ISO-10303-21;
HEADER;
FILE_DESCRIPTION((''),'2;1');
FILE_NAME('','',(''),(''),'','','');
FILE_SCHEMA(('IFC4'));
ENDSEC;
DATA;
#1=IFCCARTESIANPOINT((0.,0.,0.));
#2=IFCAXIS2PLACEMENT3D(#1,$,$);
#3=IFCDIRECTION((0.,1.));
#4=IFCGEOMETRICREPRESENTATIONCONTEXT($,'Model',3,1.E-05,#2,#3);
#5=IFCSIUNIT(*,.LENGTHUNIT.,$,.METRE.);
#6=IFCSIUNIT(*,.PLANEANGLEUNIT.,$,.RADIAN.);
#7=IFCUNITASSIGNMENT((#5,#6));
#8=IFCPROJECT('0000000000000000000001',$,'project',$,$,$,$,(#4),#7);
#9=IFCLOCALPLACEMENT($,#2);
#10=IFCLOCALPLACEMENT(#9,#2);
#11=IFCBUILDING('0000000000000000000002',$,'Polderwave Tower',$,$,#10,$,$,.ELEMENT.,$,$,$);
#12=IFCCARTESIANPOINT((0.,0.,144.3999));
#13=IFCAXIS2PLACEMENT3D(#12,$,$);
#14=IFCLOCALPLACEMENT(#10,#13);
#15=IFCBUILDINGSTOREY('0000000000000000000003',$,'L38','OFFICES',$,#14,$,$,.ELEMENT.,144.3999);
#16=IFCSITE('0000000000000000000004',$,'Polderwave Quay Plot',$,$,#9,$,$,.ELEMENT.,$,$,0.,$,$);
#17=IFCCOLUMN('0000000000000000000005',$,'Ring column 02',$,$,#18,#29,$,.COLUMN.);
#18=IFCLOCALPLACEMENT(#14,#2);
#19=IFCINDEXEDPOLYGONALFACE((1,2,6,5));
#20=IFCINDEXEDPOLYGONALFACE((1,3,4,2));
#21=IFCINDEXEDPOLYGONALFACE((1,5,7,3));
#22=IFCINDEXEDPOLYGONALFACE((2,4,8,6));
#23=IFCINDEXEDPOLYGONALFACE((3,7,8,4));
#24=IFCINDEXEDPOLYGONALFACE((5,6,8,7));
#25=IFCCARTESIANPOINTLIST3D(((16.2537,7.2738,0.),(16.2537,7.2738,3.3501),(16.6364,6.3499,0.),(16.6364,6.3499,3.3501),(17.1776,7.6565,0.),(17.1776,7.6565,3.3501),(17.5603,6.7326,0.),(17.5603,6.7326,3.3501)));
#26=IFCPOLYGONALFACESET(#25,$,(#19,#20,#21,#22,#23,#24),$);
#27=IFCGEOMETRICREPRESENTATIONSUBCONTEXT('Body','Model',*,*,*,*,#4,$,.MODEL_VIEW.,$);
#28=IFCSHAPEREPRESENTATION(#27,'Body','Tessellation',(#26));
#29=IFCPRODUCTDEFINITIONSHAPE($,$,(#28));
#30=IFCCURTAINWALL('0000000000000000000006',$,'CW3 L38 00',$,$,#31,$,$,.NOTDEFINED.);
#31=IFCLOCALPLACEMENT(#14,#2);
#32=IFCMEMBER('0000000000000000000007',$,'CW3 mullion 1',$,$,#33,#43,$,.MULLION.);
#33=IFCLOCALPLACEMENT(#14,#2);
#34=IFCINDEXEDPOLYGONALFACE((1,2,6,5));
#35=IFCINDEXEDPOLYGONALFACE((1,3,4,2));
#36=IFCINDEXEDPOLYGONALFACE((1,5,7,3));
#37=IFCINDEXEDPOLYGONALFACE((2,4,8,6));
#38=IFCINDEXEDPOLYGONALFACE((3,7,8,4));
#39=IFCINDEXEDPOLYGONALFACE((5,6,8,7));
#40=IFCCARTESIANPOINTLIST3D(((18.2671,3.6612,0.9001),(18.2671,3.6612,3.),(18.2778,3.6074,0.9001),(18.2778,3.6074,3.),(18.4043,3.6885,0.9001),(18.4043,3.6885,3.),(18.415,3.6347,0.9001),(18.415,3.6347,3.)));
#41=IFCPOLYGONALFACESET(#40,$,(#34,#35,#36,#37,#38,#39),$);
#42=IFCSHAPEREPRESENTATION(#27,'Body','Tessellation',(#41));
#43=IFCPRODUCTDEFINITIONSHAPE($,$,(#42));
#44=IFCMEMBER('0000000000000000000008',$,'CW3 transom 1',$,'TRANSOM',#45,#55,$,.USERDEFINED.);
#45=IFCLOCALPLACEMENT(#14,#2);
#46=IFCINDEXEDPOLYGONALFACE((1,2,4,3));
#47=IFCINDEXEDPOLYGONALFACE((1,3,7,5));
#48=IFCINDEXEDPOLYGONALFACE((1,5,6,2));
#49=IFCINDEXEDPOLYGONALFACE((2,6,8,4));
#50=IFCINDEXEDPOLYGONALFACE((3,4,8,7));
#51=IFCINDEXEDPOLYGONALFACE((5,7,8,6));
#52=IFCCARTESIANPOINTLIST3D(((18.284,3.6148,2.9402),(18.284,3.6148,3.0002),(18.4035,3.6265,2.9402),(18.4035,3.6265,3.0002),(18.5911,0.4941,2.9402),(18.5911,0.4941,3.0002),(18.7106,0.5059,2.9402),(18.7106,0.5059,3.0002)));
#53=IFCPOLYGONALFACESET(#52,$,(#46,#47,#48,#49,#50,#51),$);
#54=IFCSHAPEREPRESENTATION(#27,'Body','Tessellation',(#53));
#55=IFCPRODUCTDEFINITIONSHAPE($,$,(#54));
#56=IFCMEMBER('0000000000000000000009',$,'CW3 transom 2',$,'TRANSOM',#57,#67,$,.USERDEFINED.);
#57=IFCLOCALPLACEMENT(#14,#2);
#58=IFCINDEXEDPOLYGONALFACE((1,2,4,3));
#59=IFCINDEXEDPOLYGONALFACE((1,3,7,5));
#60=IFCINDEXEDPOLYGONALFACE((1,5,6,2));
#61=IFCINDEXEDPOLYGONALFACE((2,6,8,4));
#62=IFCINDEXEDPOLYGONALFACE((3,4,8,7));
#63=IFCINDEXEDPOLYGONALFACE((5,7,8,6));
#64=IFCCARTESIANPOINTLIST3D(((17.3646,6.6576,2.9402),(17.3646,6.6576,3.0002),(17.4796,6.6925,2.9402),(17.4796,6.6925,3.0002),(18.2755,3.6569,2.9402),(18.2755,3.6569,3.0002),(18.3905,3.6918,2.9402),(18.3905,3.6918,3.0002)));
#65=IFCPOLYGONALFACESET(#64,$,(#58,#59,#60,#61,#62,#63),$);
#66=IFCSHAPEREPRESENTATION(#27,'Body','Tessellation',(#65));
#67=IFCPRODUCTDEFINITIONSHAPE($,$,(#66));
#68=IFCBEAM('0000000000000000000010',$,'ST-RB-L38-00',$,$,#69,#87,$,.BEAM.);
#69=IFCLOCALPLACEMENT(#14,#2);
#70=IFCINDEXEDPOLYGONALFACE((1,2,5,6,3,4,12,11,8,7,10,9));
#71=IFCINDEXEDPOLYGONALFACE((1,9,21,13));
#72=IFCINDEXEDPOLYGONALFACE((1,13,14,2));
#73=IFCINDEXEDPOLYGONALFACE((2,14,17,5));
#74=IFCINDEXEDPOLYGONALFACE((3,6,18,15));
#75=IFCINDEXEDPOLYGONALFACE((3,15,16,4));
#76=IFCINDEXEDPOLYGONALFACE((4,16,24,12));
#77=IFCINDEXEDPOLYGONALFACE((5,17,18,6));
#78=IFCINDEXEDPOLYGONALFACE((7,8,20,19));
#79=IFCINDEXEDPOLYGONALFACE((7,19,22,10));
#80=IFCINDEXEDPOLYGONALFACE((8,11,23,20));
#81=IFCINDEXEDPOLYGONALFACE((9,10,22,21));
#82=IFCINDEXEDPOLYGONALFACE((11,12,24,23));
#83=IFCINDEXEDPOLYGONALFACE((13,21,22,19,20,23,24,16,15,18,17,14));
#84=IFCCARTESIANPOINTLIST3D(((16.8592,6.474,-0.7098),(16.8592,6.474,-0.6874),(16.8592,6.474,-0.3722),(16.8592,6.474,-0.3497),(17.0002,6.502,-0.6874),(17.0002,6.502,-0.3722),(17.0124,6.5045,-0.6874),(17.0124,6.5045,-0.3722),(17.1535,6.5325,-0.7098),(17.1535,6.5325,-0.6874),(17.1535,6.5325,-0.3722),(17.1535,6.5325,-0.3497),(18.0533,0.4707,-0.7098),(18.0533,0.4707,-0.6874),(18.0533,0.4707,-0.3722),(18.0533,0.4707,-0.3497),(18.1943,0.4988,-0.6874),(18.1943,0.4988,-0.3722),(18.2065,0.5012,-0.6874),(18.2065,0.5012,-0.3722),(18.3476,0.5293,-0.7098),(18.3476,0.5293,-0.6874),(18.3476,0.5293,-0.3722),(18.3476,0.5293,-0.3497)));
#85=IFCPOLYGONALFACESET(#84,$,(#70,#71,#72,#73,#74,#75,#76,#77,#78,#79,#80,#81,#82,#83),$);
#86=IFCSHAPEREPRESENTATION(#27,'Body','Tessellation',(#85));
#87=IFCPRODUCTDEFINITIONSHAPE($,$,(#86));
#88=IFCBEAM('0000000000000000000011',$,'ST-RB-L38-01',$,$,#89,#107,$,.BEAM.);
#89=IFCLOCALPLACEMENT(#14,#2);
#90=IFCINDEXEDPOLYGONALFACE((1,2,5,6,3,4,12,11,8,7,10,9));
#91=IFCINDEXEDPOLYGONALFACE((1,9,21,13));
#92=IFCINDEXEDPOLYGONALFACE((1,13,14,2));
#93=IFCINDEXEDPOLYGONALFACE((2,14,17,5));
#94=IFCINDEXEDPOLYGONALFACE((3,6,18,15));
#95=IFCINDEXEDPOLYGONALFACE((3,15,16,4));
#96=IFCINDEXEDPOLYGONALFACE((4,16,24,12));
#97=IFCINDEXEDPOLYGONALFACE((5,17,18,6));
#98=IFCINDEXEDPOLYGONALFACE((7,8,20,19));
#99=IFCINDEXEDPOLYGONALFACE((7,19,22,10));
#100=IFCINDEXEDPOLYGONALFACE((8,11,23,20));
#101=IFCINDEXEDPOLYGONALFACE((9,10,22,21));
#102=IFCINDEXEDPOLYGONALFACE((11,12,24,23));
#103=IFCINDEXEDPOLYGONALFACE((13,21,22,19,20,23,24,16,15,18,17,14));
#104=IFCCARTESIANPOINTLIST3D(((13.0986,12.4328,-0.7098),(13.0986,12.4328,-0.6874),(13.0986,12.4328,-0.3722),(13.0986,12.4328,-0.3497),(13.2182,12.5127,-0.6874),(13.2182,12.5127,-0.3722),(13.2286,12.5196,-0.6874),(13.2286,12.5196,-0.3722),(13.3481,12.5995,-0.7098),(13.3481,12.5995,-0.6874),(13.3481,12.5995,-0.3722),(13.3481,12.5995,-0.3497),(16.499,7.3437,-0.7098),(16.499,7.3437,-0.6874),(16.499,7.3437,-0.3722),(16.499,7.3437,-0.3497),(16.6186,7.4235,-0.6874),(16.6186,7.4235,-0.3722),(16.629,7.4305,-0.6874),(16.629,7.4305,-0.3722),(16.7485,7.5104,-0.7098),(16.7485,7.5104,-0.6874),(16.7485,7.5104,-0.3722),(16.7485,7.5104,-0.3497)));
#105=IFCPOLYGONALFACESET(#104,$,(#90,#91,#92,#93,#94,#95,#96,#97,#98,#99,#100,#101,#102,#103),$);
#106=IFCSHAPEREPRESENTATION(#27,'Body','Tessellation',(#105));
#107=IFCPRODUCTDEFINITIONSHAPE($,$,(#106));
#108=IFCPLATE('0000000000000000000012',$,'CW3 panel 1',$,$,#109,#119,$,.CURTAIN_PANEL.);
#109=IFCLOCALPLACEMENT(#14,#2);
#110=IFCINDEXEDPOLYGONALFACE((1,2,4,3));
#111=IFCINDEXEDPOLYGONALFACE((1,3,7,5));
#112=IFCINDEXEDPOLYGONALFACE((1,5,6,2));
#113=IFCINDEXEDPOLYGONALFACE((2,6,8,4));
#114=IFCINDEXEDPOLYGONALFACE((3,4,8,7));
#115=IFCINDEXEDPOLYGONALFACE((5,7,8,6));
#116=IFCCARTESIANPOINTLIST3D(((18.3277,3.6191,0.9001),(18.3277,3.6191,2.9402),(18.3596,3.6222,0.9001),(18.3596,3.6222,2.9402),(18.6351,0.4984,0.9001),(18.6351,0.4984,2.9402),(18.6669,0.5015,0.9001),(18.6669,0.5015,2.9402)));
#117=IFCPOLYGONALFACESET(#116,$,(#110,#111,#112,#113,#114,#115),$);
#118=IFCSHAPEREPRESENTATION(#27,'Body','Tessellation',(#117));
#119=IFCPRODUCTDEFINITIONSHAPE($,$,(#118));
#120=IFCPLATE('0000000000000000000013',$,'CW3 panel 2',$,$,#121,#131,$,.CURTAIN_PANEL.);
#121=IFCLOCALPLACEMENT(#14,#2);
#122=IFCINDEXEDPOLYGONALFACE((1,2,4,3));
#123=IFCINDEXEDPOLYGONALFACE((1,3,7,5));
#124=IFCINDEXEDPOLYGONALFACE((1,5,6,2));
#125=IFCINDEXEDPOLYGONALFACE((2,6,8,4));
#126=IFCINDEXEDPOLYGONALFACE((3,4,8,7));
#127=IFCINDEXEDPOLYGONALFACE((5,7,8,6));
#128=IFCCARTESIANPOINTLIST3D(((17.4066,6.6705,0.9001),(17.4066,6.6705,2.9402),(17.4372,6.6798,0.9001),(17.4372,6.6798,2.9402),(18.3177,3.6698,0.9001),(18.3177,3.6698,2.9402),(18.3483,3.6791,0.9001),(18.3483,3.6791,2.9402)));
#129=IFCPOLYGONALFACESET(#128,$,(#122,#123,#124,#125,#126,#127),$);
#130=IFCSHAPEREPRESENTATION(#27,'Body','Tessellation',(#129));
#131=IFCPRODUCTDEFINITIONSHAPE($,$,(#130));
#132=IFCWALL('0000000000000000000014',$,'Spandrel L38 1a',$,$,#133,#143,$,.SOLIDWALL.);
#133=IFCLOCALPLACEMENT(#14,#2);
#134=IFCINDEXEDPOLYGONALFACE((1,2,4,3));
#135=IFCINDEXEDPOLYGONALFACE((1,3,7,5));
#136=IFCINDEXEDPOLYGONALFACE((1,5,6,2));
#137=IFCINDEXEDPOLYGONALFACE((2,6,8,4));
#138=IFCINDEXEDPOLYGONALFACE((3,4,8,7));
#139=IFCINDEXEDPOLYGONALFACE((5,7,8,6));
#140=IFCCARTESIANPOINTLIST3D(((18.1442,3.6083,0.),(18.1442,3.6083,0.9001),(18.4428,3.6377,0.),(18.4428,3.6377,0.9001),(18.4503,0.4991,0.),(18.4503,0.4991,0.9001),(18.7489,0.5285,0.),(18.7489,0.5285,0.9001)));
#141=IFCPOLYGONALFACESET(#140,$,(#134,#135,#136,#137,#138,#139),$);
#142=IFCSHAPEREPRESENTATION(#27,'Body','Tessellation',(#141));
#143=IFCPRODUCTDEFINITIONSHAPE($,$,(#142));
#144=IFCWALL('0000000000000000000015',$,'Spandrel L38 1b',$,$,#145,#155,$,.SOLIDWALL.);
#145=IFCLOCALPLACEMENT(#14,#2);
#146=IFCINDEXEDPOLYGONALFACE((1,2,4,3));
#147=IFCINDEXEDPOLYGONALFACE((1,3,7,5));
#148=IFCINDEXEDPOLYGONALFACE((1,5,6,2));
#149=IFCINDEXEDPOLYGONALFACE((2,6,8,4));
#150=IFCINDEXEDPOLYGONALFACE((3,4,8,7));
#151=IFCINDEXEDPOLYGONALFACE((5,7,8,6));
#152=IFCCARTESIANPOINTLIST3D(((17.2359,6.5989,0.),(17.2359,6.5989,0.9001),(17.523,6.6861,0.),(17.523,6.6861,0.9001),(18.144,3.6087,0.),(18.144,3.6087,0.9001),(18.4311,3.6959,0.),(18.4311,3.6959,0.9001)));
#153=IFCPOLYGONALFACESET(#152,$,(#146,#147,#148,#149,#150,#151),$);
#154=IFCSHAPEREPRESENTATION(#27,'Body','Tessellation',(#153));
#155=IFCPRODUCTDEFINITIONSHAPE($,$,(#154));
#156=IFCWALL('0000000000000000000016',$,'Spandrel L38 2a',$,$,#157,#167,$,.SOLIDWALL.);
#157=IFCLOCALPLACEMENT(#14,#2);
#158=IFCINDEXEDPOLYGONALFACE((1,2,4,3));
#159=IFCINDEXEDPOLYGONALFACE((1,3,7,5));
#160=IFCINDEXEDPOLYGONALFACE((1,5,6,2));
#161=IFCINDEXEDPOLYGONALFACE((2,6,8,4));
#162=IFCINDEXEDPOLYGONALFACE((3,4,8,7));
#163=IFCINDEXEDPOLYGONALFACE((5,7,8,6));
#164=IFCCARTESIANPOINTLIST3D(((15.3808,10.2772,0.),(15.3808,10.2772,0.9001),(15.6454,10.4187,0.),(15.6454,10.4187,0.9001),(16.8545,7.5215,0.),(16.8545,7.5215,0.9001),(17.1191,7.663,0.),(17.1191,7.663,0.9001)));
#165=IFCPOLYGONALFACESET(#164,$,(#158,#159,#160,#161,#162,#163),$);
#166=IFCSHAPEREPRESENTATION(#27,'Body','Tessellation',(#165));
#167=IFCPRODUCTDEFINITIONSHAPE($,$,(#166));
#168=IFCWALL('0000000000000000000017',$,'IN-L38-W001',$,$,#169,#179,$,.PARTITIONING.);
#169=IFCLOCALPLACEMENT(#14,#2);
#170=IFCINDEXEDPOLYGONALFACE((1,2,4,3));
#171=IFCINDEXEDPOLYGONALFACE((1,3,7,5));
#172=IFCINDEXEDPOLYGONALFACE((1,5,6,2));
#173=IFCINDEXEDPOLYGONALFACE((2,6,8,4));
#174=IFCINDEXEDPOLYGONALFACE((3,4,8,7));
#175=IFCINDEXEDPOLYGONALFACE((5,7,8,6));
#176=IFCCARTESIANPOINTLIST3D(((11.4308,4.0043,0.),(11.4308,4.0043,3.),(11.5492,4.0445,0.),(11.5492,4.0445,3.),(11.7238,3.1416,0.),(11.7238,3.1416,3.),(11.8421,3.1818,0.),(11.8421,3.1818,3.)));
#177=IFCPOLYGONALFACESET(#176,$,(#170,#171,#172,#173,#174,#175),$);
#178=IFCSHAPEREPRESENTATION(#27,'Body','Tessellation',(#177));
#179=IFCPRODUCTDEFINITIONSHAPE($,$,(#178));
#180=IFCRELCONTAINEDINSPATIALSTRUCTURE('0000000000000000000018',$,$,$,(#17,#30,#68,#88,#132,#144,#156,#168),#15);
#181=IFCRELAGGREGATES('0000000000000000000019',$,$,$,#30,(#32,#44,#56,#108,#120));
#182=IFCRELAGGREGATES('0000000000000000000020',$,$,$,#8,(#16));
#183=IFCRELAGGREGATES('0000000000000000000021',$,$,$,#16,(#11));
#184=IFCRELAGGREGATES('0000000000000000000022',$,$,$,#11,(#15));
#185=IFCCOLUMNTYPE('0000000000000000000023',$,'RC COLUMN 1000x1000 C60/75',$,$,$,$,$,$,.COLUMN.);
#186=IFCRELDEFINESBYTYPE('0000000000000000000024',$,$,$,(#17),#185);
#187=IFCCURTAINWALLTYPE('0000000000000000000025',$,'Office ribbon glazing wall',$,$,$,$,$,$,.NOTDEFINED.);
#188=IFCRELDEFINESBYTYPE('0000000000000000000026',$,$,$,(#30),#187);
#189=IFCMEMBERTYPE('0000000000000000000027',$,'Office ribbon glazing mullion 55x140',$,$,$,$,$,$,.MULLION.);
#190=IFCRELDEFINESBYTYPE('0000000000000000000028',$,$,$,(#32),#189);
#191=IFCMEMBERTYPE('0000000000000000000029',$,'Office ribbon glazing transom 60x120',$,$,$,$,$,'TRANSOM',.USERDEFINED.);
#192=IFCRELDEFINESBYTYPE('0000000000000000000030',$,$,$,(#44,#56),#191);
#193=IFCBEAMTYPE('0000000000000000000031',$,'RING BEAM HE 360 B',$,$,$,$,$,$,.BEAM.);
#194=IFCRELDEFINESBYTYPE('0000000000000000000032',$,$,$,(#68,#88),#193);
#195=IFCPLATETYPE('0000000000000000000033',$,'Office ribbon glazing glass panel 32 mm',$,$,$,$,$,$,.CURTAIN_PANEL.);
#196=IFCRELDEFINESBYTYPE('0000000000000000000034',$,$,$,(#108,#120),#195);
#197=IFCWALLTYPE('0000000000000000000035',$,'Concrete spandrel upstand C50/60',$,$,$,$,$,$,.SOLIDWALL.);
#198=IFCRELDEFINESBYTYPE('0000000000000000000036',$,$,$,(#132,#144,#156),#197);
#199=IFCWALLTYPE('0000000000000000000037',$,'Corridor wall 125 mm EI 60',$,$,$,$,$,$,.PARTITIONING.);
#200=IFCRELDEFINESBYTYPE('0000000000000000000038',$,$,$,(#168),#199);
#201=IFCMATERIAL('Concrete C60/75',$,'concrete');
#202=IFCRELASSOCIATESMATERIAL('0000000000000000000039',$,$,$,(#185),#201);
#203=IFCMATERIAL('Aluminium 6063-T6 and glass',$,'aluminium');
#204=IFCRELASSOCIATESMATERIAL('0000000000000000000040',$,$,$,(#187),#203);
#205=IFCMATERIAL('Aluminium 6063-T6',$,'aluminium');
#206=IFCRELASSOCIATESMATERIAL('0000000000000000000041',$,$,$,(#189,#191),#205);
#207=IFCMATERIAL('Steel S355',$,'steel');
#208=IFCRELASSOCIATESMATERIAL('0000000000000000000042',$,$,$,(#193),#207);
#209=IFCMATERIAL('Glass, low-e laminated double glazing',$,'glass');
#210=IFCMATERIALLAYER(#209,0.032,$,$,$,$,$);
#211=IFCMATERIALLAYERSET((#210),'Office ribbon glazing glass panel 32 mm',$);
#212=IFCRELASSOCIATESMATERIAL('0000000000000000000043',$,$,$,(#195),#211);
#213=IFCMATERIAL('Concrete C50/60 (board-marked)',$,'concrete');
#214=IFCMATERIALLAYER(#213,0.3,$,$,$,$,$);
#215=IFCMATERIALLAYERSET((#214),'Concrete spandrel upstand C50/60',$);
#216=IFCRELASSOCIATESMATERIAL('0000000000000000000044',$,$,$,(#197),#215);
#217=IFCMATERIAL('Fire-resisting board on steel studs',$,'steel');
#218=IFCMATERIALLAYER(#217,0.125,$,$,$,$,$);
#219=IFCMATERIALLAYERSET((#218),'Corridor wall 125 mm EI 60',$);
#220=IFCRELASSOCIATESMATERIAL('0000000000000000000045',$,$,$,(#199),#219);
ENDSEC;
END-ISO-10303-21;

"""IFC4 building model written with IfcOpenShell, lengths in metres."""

from ifc_helpers import new_model, si_unit, direction, frame, frame_2d, origin, origin_2d, place, context, subcontext, project, spatial, rectangle, i_section, extrude, material, layer, layer_set, material_profile, profile_set, type_object, element, aggregate, save


model = new_model("IFC4")

# Units and contexts
model_context = context("Model", 3, precision=1e-05, world=origin(), true_north=direction((0.0, 1.0)))
body_context = subcontext(model_context, "Body", "Model", "MODEL_VIEW")
ifc_project = project(units=[si_unit("LENGTHUNIT", "METRE"), si_unit("PLANEANGLEUNIT", "RADIAN")], contexts=[model_context])

# Site, building, storey
site_placement = place(None, origin())
site = spatial("IfcSite", under=ifc_project, at=site_placement, Name="Polderwave Quay Plot", CompositionType="ELEMENT", RefElevation=0.0)
building_placement = place(site_placement, origin())
building = spatial("IfcBuilding", under=site, at=building_placement, Name="Polderwave Tower", CompositionType="ELEMENT")
storey_placement = place(building_placement, frame((0.0, 0.0, 144.3999)))
storey = spatial("IfcBuildingStorey", under=building, at=storey_placement, Name="L38", Description="OFFICES", CompositionType="ELEMENT", Elevation=144.3999)

# Column
ifc_material_1 = material(Name="Concrete C60/75", Category="concrete")
ifc_material_profile_1 = material_profile(ifc_material_1, rectangle(XDim=1.0, YDim=1.0, at=origin_2d()), Name="RC 1000x1000")
ifc_profile_set_1 = profile_set([ifc_material_profile_1], Name="Concrete C60/75")
column_type = type_object("IfcColumnType", Name="RC COLUMN 1000x1000 C60/75", PredefinedType="COLUMN", material=ifc_profile_set_1)
column_placement = place(storey_placement, frame((16.907, 7.0032, 0.0), z_axis=(0.0, 0.0, 1.0), x_axis=(0.92388, 0.382683, 0.0)))
element("IfcColumn", 1, at=column_placement, inside=storey, type_object=column_type, Name="Ring column 02", PredefinedType="COLUMN", context=body_context, shape_type="SweptSolid", body=[
    extrude(rectangle(XDim=1.0, YDim=1.0, at=origin_2d()), origin(), (0.0, 0.0, 1.0), 3.3501),
])

# Curtain wall, members
ifc_material_2 = material(Name="Aluminium 6063-T6 and glass", Category="aluminium")
curtain_wall_type = type_object("IfcCurtainWallType", Name="Office ribbon glazing wall", PredefinedType="NOTDEFINED", material=ifc_material_2)
curtain_wall_placement = place(storey_placement, origin())
curtain_wall = element("IfcCurtainWall", 2, at=curtain_wall_placement, inside=storey, type_object=curtain_wall_type, Name="CW3 L38 00", PredefinedType="NOTDEFINED")
ifc_material_3 = material(Name="Aluminium 6063-T6", Category="aluminium")
ifc_material_profile_2 = material_profile(ifc_material_3, rectangle(XDim=0.1399, YDim=0.0549, at=origin_2d()), Name="AL 55x140")
ifc_profile_set_2 = profile_set([ifc_material_profile_2], Name="Aluminium 6063-T6")
member_type_1 = type_object("IfcMemberType", Name="Office ribbon glazing mullion 55x140", PredefinedType="MULLION", material=ifc_profile_set_2)
member_1_placement = place(storey_placement, frame((18.3411, 3.6479, 0.9001), z_axis=(0.0, 0.0, 1.0), x_axis=(-0.980764, -0.195196, 0.0)))
member_1 = element("IfcMember", 3, at=member_1_placement, type_object=member_type_1, Name="CW3 mullion 1", PredefinedType="MULLION", context=body_context, shape_type="SweptSolid", body=[
    extrude(rectangle(XDim=0.1399, YDim=0.0549, at=origin_2d()), origin(), (0.0, 0.0, 1.0), 2.0999),
])
ifc_material_profile_3 = material_profile(ifc_material_3, rectangle(XDim=0.1201, YDim=0.0601, at=origin_2d()), Name="AL 60x120")
ifc_profile_set_3 = profile_set([ifc_material_profile_3], Name="Aluminium 6063-T6")
member_type_2 = type_object("IfcMemberType", Name="Office ribbon glazing transom 60x120", ElementType="TRANSOM", PredefinedType="USERDEFINED", material=ifc_profile_set_3)
member_2_placement = place(storey_placement, frame((18.6509, 0.5, 2.9702), z_axis=(-0.097946, 0.995192, 0.0), x_axis=(-0.995192, -0.097946, 0.0)))
member_2 = element("IfcMember", 4, at=member_2_placement, type_object=member_type_2, Name="CW3 transom 1", ObjectType="TRANSOM", PredefinedType="USERDEFINED", context=body_context, shape_type="SweptSolid", body=[
    extrude(rectangle(XDim=0.1201, YDim=0.0601, at=origin_2d()), origin(), (0.0, 0.0, 1.0), 3.1357),
])
member_3_placement = place(storey_placement, frame((18.333, 3.6743, 2.9702), z_axis=(-0.290468, 0.956885, 0.0), x_axis=(-0.956885, -0.290468, 0.0)))
member_3 = element("IfcMember", 5, at=member_3_placement, type_object=member_type_2, Name="CW3 transom 2", ObjectType="TRANSOM", PredefinedType="USERDEFINED", context=body_context, shape_type="SweptSolid", body=[
    extrude(rectangle(XDim=0.1201, YDim=0.0601, at=origin_2d()), origin(), (0.0, 0.0, 1.0), 3.136),
])

# Beams
ifc_material_4 = material(Name="Steel S355", Category="steel")
ifc_material_profile_4 = material_profile(ifc_material_4, i_section(OverallWidth=0.3, OverallDepth=0.3601, WebThickness=0.0125, FlangeThickness=0.0225, at=origin_2d()), Name="HE 360 B")
ifc_profile_set_4 = profile_set([ifc_material_profile_4], Name="Steel S355")
beam_type = type_object("IfcBeamType", Name="RING BEAM HE 360 B", PredefinedType="BEAM", material=ifc_profile_set_4)
beam_1_placement = place(storey_placement, frame((18.2004, 0.5, -0.5298), z_axis=(-0.195088, 0.980786, 0.0), x_axis=(-0.980786, -0.195088, 0.0)))
element("IfcBeam", 6, at=beam_1_placement, inside=storey, type_object=beam_type, Name="ST-RB-L38-00", PredefinedType="BEAM", context=body_context, shape_type="SweptSolid", body=[
    extrude(i_section(OverallWidth=0.3, OverallDepth=0.3601, WebThickness=0.0125, FlangeThickness=0.0225, at=origin_2d()), origin(), (0.0, 0.0, 1.0), 6.1208),
])
beam_2_placement = place(storey_placement, frame((16.6238, 7.427, -0.5298), z_axis=(-0.555565, 0.831473, 0.0), x_axis=(-0.831473, -0.555565, 0.0)))
element("IfcBeam", 7, at=beam_2_placement, inside=storey, type_object=beam_type, Name="ST-RB-L38-01", PredefinedType="BEAM", context=body_context, shape_type="SweptSolid", body=[
    extrude(i_section(OverallWidth=0.3, OverallDepth=0.3601, WebThickness=0.0125, FlangeThickness=0.0225, at=origin_2d()), origin(), (0.0, 0.0, 1.0), 6.1206),
])

# Plates
ifc_material_5 = material(Name="Glass, low-e laminated double glazing", Category="glass")
ifc_layer_1 = layer(ifc_material_5, 0.032)
ifc_layer_set_1 = layer_set([ifc_layer_1], Name="Office ribbon glazing glass panel 32 mm")
plate_type = type_object("IfcPlateType", Name="Office ribbon glazing glass panel 32 mm", PredefinedType="CURTAIN_PANEL", material=ifc_layer_set_1)
plate_1_placement = place(storey_placement, frame((18.4973, 2.0603, 0.9001), z_axis=(0.0, 0.0, 1.0), x_axis=(-0.098002, 0.995186, 0.0)))
plate_1 = element("IfcPlate", 8, at=plate_1_placement, type_object=plate_type, Name="CW3 panel 1", PredefinedType="CURTAIN_PANEL", context=body_context, shape_type="SweptSolid", body=[
    extrude(rectangle(XDim=3.1357, YDim=0.032, at=origin_2d()), origin(), (0.0, 0.0, 1.0), 2.04),
])
plate_2_placement = place(storey_placement, frame((17.8774, 5.1748, 0.9001), z_axis=(0.0, 0.0, 1.0), x_axis=(-0.290507, 0.956873, 0.0)))
plate_2 = element("IfcPlate", 9, at=plate_2_placement, type_object=plate_type, Name="CW3 panel 2", PredefinedType="CURTAIN_PANEL", context=body_context, shape_type="SweptSolid", body=[
    extrude(rectangle(XDim=3.136, YDim=0.032, at=origin_2d()), origin(), (0.0, 0.0, 1.0), 2.04),
])
aggregate(curtain_wall, [member_1, member_2, member_3, plate_1, plate_2])

# Walls
ifc_material_6 = material(Name="Concrete C50/60 (board-marked)", Category="concrete")
ifc_layer_2 = layer(ifc_material_6, 0.3)
ifc_layer_set_2 = layer_set([ifc_layer_2], Name="Concrete spandrel upstand C50/60")
wall_type_1 = type_object("IfcWallType", Name="Concrete spandrel upstand C50/60", PredefinedType="SOLIDWALL", material=ifc_layer_set_2)
wall_1_placement = place(storey_placement, frame((18.5996, 0.5139, 0.0), z_axis=(0.0, 0.0, 1.0), x_axis=(-0.097995, 0.995187, 0.0)))
element("IfcWall", 10, at=wall_1_placement, inside=storey, type_object=wall_type_1, Name="Spandrel L38 1a", PredefinedType="SOLIDWALL", context=body_context, shape_type="SweptSolid", body=[
    extrude(rectangle(XDim=3.1243, YDim=0.3, at=frame_2d((1.562, 0.0))), origin(), (0.0, 0.0, 1.0), 0.9001),
])
for number, where, z_axis, x_axis, name in (
    (11, (18.2876, 3.6523, 0.0), (0.0, 0.0, 1.0), (-0.290614, 0.95684, 0.0), "Spandrel L38 1b"),
    (12, (16.9868, 7.5923, 0.0), (0.0, 0.0, 1.0), (-0.471577, 0.881825, 0.0), "Spandrel L38 2a"),
):
    element("IfcWall", number, at=place(storey_placement, frame(where, z_axis=z_axis, x_axis=x_axis)), inside=storey, type_object=wall_type_1, Name=name, PredefinedType="SOLIDWALL", context=body_context, shape_type="SweptSolid", body=[
        extrude(rectangle(XDim=3.125, YDim=0.3, at=frame_2d((1.5625, 0.0))), origin(), (0.0, 0.0, 1.0), 0.9001),
    ])
ifc_material_7 = material(Name="Fire-resisting board on steel studs", Category="steel")
ifc_layer_3 = layer(ifc_material_7, 0.125)
ifc_layer_set_3 = layer_set([ifc_layer_3], Name="Corridor wall 125 mm EI 60")
wall_type_2 = type_object("IfcWallType", Name="Corridor wall 125 mm EI 60", PredefinedType="PARTITIONING", material=ifc_layer_set_3)
wall_2_placement = place(storey_placement, frame((11.49, 4.0244, 0.0), z_axis=(0.0, 0.0, 1.0), x_axis=(0.321528, -0.9469, 0.0)))
element("IfcWall", 13, at=wall_2_placement, inside=storey, type_object=wall_type_2, Name="IN-L38-W001", PredefinedType="PARTITIONING", context=body_context, shape_type="SweptSolid", body=[
    extrude(rectangle(XDim=0.9111, YDim=0.125, at=frame_2d((0.4556, 0.0))), origin(), (0.0, 0.0, 1.0), 3.0),
])

save(model, "model.ifc")
